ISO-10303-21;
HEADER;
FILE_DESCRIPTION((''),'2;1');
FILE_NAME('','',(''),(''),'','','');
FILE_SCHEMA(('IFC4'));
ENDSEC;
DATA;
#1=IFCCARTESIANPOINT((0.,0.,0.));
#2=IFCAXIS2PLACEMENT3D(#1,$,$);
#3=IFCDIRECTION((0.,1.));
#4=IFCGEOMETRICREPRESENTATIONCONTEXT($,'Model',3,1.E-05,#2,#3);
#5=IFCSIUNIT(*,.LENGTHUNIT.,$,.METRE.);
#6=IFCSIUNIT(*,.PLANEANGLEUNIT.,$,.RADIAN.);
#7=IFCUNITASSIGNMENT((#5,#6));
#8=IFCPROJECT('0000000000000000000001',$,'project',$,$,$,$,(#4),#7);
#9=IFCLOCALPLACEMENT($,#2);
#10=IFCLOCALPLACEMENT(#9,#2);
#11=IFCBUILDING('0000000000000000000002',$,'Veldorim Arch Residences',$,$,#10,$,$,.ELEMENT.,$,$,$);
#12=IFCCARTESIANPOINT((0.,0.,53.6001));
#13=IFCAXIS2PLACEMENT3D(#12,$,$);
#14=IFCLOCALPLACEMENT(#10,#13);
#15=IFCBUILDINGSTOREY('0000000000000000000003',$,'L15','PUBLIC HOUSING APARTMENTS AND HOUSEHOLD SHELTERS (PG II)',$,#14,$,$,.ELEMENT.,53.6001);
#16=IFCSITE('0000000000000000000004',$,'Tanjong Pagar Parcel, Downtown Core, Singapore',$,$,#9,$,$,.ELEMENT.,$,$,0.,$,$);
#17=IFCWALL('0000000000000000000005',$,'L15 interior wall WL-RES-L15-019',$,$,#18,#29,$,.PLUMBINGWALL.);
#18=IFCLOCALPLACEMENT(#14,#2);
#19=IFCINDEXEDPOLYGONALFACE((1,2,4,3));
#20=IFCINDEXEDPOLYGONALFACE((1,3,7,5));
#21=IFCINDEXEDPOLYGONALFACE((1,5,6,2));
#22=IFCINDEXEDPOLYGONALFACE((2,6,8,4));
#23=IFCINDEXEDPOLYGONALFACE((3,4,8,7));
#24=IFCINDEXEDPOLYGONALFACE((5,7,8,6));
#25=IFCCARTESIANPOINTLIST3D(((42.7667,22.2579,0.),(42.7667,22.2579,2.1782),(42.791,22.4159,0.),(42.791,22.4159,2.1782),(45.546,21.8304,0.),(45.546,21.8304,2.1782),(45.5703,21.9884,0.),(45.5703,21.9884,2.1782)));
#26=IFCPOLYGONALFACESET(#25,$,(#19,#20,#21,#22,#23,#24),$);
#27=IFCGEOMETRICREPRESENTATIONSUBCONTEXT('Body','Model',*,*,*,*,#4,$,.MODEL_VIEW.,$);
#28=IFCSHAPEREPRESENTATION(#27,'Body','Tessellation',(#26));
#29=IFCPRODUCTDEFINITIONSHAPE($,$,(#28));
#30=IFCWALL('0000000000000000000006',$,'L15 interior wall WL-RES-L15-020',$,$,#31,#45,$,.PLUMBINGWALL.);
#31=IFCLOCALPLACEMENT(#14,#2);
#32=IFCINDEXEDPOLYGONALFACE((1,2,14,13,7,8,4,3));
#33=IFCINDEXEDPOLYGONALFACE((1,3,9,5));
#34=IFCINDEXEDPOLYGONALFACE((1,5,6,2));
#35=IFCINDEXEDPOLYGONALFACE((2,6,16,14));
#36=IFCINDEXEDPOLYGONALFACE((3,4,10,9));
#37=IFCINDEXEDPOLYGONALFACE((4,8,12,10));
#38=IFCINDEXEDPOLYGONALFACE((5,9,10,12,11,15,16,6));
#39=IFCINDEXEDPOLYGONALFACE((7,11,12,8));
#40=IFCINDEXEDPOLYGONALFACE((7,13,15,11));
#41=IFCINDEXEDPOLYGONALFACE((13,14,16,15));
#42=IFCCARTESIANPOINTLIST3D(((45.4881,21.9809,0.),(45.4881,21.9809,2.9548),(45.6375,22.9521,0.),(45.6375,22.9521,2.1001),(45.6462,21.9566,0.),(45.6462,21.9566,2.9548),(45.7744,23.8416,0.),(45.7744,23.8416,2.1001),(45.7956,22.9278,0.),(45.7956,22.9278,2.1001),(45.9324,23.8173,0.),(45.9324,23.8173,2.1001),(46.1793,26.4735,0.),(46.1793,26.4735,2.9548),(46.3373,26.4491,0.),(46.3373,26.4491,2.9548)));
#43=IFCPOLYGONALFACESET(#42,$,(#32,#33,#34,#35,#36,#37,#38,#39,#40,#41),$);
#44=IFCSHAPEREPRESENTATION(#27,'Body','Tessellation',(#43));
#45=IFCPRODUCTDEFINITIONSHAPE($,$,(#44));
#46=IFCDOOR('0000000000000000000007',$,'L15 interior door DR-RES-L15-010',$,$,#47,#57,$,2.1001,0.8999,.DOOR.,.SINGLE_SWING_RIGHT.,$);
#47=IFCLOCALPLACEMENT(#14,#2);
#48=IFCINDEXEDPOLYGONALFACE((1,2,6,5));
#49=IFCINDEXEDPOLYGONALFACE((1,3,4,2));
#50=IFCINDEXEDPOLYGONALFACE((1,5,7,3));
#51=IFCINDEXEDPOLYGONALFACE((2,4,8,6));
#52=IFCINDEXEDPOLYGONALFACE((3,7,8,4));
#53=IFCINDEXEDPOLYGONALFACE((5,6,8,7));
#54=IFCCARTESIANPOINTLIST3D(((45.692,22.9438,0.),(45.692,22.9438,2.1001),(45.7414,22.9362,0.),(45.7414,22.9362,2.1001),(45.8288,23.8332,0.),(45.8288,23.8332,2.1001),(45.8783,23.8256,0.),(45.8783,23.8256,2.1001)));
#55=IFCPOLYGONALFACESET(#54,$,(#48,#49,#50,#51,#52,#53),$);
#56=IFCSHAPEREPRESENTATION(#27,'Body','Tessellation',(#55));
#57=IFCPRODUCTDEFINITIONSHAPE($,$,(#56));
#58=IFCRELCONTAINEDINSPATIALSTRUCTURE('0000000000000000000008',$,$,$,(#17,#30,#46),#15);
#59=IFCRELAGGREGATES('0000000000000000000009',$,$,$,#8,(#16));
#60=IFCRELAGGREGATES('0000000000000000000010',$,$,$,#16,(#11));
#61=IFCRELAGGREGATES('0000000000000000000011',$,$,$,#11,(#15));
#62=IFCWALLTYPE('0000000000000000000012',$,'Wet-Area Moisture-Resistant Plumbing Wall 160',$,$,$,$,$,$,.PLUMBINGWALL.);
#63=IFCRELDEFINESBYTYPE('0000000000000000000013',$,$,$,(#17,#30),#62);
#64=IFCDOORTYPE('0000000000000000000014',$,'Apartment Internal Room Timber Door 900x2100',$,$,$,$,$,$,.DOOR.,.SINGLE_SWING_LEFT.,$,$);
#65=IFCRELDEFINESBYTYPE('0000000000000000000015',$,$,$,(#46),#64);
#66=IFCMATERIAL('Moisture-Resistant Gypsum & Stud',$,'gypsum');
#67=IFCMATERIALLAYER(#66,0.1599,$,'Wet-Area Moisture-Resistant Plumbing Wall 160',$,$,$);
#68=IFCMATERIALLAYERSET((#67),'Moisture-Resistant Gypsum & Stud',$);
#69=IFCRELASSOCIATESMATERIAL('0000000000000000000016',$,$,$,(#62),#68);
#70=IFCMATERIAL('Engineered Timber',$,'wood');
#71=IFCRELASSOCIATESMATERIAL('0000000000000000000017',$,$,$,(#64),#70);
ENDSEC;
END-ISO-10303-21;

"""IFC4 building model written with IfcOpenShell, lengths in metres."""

from ifc_helpers import new_model, si_unit, direction, frame, frame_2d, origin, place, context, subcontext, project, spatial, rectangle, extrude, material, layer, layer_set, type_object, element, fill, save


model = new_model("IFC4")

# Units and contexts
model_context = context("Model", 3, precision=1e-05, world=origin(), true_north=direction((0.0, 1.0)))
body_context = subcontext(model_context, "Body", "Model", "MODEL_VIEW")
ifc_project = project(units=[si_unit("LENGTHUNIT", "METRE"), si_unit("PLANEANGLEUNIT", "RADIAN")], contexts=[model_context])

# Site, building, storey
site_placement = place(None, origin())
site = spatial("IfcSite", under=ifc_project, at=site_placement, Name="Tanjong Pagar Parcel, Downtown Core, Singapore", CompositionType="ELEMENT", RefElevation=0.0)
building_placement = place(site_placement, origin())
building = spatial("IfcBuilding", under=site, at=building_placement, Name="Veldorim Arch Residences", CompositionType="ELEMENT")
storey_placement = place(building_placement, frame((0.0, 0.0, 53.6001)))
storey = spatial("IfcBuildingStorey", under=building, at=storey_placement, Name="L15", Description="PUBLIC HOUSING APARTMENTS AND HOUSEHOLD SHELTERS (PG II)", CompositionType="ELEMENT", Elevation=53.6001)

# Shared definitions
ifc_material_1 = material(Name="Moisture-Resistant Gypsum & Stud", Category="gypsum")
ifc_layer_1 = layer(ifc_material_1, 0.1599, Name="Wet-Area Moisture-Resistant Plumbing Wall 160")
ifc_layer_set_1 = layer_set([ifc_layer_1], Name="Moisture-Resistant Gypsum & Stud")
wall_type_1 = type_object("IfcWallType", Name="Wet-Area Moisture-Resistant Plumbing Wall 160", PredefinedType="PLUMBINGWALL", material=ifc_layer_set_1)

# Wall
wall_1_placement = place(storey_placement, frame((42.7788, 22.3369, 0.0), z_axis=(0.0, 0.0, 1.0), x_axis=(0.988377, -0.152025, 0.0)))
element("IfcWall", 1, at=wall_1_placement, inside=storey, type_object=wall_type_1, Name="L15 interior wall WL-RES-L15-019", PredefinedType="PLUMBINGWALL", context=body_context, shape_type="SweptSolid", body=[
    extrude(rectangle(XDim=2.812, YDim=0.1599, at=frame_2d((1.406, 0.0))), origin(), (0.0, 0.0, 1.0), 2.1782),
])

# Wall, opening, door
wall_2_placement = place(storey_placement, frame((45.5671, 21.9688, 0.0), z_axis=(0.0, 0.0, 1.0), x_axis=(0.152061, 0.988371, 0.0)))
wall_2 = element("IfcWall", 2, at=wall_2_placement, inside=storey, type_object=wall_type_1, Name="L15 interior wall WL-RES-L15-020", PredefinedType="PLUMBINGWALL", context=body_context, shape_type="SweptSolid", body=[
    extrude(rectangle(XDim=4.5454, YDim=0.1599, at=frame_2d((2.2727, 0.0))), origin(), (0.0, 0.0, 1.0), 2.9548),
])
opening_1_placement = place(wall_2_placement, frame((0.9827, 0.0, 0.0)))
opening_1 = element("IfcOpeningElement", 3, at=opening_1_placement, cuts=wall_2, PredefinedType="OPENING", context=body_context, shape_type="SweptSolid", body=[
    extrude(rectangle(XDim=0.8999, YDim=2.1001, at=frame_2d((0.45, 1.05))), frame((0.0, 0.0898, 0.0), z_axis=(0.0, -1.0, 0.0), x_axis=(1.0, 0.0, 0.0)), (0.0, 0.0, 1.0), 0.1799),
])
ifc_material_2 = material(Name="Engineered Timber", Category="wood")
door_type_1 = type_object("IfcDoorType", Name="Apartment Internal Room Timber Door 900x2100", OperationType="SINGLE_SWING_LEFT", PredefinedType="DOOR", material=ifc_material_2)
door_1_placement = place(opening_1_placement, origin())
door_1 = element("IfcDoor", 4, at=door_1_placement, inside=storey, type_object=door_type_1, Name="L15 interior door DR-RES-L15-010", OperationType="SINGLE_SWING_RIGHT", OverallHeight=2.1001, OverallWidth=0.8999, PredefinedType="DOOR", context=body_context, shape_type="SweptSolid", body=[
    extrude(rectangle(XDim=0.8999, YDim=2.1001, at=frame_2d((0.45, 1.05))), frame((0.0, 0.0249, 0.0), z_axis=(0.0, -1.0, 0.0), x_axis=(1.0, 0.0, 0.0)), (0.0, 0.0, 1.0), 0.05),
])
fill(opening_1, door_1)

save(model, "model.ifc")
